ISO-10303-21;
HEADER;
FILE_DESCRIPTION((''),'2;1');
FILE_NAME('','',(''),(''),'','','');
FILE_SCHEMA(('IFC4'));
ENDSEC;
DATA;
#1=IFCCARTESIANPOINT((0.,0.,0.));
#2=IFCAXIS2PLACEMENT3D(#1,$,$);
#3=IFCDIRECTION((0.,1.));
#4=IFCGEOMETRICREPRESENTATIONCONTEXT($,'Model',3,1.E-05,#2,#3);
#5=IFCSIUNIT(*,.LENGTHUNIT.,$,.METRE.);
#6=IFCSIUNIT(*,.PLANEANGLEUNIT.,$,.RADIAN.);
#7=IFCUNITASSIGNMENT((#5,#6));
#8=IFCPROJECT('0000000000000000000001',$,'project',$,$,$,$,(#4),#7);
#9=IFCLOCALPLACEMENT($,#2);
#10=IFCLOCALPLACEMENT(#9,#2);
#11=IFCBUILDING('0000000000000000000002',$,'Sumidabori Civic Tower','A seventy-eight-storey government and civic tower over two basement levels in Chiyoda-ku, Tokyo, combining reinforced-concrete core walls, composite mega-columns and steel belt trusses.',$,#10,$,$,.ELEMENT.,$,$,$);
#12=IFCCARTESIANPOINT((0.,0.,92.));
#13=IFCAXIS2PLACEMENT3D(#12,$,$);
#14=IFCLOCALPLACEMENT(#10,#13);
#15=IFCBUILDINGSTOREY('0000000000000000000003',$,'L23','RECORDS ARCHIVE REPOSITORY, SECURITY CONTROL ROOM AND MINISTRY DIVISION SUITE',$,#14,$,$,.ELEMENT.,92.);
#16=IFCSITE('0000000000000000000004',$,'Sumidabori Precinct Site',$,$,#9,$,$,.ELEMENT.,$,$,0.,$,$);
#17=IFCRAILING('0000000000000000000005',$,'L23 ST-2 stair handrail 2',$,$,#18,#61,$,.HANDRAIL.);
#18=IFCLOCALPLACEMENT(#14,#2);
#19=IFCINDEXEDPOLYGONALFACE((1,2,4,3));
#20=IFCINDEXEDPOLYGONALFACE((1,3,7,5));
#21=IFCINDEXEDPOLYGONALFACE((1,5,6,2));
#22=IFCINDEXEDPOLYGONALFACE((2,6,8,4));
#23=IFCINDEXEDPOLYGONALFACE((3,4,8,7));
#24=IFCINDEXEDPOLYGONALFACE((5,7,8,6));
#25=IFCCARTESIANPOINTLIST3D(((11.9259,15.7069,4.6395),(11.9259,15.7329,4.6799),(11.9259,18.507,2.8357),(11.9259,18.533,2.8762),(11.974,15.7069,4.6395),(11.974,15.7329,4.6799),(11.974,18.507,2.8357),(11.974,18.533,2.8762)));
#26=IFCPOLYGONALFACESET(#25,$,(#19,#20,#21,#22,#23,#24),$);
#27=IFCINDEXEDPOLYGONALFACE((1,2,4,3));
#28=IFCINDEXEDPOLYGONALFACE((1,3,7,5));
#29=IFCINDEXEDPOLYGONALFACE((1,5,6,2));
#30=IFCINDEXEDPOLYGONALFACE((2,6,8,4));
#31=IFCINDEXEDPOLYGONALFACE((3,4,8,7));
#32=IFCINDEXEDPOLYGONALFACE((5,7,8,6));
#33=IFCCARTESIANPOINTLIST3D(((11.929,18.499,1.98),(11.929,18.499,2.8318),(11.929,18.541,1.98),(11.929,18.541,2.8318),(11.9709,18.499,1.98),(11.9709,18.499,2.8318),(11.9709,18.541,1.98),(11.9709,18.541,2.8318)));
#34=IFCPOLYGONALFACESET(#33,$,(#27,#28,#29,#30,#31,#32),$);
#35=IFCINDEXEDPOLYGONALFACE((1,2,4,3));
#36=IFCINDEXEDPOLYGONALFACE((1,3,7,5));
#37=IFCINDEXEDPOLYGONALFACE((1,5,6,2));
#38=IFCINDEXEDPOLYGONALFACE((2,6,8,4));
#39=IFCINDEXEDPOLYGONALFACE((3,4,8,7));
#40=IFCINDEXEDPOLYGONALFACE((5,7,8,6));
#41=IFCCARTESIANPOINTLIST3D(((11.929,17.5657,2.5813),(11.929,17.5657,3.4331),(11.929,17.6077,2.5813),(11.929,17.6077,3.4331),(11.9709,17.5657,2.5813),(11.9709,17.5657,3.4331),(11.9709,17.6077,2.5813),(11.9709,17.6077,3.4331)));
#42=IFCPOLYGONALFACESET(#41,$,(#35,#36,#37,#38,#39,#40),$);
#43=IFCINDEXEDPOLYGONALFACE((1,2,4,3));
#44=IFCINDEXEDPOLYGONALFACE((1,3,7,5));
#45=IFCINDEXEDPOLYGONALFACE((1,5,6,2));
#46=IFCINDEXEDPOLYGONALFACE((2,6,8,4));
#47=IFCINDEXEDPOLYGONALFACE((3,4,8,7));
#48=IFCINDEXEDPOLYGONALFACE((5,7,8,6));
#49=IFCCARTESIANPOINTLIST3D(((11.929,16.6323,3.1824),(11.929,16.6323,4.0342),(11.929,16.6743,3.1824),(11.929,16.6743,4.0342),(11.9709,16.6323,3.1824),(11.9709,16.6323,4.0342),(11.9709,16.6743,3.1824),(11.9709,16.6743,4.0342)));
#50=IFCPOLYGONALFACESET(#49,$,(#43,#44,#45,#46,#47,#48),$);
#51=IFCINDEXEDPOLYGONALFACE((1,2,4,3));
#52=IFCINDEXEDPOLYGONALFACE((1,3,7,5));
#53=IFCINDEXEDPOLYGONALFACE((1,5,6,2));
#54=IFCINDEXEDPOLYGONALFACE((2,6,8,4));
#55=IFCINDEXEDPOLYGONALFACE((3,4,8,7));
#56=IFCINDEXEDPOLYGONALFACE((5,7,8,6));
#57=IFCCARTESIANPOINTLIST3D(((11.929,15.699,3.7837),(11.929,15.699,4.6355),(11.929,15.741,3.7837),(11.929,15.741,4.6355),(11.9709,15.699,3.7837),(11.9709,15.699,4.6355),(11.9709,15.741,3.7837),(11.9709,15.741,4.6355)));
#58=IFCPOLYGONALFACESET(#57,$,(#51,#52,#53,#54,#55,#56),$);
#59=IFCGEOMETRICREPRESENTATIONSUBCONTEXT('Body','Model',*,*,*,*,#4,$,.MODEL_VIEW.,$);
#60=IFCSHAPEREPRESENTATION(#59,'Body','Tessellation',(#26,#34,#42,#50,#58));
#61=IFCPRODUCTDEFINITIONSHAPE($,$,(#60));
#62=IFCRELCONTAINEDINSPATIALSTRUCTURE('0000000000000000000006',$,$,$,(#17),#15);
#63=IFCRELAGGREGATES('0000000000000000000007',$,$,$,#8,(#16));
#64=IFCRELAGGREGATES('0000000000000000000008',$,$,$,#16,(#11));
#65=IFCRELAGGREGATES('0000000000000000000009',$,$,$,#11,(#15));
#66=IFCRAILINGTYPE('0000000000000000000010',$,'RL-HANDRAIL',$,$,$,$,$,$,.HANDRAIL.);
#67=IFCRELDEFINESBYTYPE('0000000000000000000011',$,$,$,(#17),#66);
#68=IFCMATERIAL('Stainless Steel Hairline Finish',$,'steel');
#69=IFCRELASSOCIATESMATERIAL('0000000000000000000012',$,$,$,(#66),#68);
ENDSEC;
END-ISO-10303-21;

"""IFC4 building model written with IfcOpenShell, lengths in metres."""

from ifc_helpers import new_model, si_unit, direction, frame, origin, origin_2d, place, context, subcontext, project, spatial, rectangle, extrude, material, type_object, element, save


model = new_model("IFC4")

# Units and contexts
model_context = context("Model", 3, precision=1e-05, world=origin(), true_north=direction((0.0, 1.0)))
body_context = subcontext(model_context, "Body", "Model", "MODEL_VIEW")
ifc_project = project(units=[si_unit("LENGTHUNIT", "METRE"), si_unit("PLANEANGLEUNIT", "RADIAN")], contexts=[model_context])

# Site, building, storey
site_placement = place(None, origin())
site = spatial("IfcSite", under=ifc_project, at=site_placement, Name="Sumidabori Precinct Site", CompositionType="ELEMENT", RefElevation=0.0)
building_placement = place(site_placement, origin())
building = spatial("IfcBuilding", under=site, at=building_placement, Name="Sumidabori Civic Tower", Description="A seventy-eight-storey government and civic tower over two basement levels in Chiyoda-ku, Tokyo, combining reinforced-concrete core walls, composite mega-columns and steel belt trusses.", CompositionType="ELEMENT")
storey_placement = place(building_placement, frame((0.0, 0.0, 92.0)))
storey = spatial("IfcBuildingStorey", under=building, at=storey_placement, Name="L23", Description="RECORDS ARCHIVE REPOSITORY, SECURITY CONTROL ROOM AND MINISTRY DIVISION SUITE", CompositionType="ELEMENT", Elevation=92.0)

# Shared definitions
ifc_material_1 = material(Name="Stainless Steel Hairline Finish", Category="steel")

# Railing
railing_type = type_object("IfcRailingType", Name="RL-HANDRAIL", PredefinedType="HANDRAIL", material=ifc_material_1)
railing_placement = place(storey_placement, frame((11.95, 18.52, 1.98)))
element("IfcRailing", 1, at=railing_placement, inside=storey, type_object=railing_type, Name="L23 ST-2 stair handrail 2", PredefinedType="HANDRAIL", context=body_context, shape_type="SweptSolid", body=[
    extrude(rectangle(XDim=0.0481, YDim=0.0481, at=origin_2d()), frame((0.0, 0.0, 0.876), z_axis=(0.0, -0.840676, 0.541539), x_axis=(1.0, 0.0, 0.0)), (0.0, 0.0, 1.0), 3.3308),
    extrude(rectangle(XDim=0.042, YDim=0.042, at=origin_2d()), origin(), (0.0, 0.0, 1.0), 0.8518),
    extrude(rectangle(XDim=0.042, YDim=0.042, at=origin_2d()), frame((0.0, -0.9333, 0.6013)), (0.0, 0.0, 1.0), 0.8518),
    extrude(rectangle(XDim=0.042, YDim=0.042, at=origin_2d()), frame((0.0, -1.8667, 1.2024)), (0.0, 0.0, 1.0), 0.8518),
    extrude(rectangle(XDim=0.042, YDim=0.042, at=origin_2d()), frame((0.0, -2.8, 1.8037)), (0.0, 0.0, 1.0), 0.8518),
])

save(model, "model.ifc")
